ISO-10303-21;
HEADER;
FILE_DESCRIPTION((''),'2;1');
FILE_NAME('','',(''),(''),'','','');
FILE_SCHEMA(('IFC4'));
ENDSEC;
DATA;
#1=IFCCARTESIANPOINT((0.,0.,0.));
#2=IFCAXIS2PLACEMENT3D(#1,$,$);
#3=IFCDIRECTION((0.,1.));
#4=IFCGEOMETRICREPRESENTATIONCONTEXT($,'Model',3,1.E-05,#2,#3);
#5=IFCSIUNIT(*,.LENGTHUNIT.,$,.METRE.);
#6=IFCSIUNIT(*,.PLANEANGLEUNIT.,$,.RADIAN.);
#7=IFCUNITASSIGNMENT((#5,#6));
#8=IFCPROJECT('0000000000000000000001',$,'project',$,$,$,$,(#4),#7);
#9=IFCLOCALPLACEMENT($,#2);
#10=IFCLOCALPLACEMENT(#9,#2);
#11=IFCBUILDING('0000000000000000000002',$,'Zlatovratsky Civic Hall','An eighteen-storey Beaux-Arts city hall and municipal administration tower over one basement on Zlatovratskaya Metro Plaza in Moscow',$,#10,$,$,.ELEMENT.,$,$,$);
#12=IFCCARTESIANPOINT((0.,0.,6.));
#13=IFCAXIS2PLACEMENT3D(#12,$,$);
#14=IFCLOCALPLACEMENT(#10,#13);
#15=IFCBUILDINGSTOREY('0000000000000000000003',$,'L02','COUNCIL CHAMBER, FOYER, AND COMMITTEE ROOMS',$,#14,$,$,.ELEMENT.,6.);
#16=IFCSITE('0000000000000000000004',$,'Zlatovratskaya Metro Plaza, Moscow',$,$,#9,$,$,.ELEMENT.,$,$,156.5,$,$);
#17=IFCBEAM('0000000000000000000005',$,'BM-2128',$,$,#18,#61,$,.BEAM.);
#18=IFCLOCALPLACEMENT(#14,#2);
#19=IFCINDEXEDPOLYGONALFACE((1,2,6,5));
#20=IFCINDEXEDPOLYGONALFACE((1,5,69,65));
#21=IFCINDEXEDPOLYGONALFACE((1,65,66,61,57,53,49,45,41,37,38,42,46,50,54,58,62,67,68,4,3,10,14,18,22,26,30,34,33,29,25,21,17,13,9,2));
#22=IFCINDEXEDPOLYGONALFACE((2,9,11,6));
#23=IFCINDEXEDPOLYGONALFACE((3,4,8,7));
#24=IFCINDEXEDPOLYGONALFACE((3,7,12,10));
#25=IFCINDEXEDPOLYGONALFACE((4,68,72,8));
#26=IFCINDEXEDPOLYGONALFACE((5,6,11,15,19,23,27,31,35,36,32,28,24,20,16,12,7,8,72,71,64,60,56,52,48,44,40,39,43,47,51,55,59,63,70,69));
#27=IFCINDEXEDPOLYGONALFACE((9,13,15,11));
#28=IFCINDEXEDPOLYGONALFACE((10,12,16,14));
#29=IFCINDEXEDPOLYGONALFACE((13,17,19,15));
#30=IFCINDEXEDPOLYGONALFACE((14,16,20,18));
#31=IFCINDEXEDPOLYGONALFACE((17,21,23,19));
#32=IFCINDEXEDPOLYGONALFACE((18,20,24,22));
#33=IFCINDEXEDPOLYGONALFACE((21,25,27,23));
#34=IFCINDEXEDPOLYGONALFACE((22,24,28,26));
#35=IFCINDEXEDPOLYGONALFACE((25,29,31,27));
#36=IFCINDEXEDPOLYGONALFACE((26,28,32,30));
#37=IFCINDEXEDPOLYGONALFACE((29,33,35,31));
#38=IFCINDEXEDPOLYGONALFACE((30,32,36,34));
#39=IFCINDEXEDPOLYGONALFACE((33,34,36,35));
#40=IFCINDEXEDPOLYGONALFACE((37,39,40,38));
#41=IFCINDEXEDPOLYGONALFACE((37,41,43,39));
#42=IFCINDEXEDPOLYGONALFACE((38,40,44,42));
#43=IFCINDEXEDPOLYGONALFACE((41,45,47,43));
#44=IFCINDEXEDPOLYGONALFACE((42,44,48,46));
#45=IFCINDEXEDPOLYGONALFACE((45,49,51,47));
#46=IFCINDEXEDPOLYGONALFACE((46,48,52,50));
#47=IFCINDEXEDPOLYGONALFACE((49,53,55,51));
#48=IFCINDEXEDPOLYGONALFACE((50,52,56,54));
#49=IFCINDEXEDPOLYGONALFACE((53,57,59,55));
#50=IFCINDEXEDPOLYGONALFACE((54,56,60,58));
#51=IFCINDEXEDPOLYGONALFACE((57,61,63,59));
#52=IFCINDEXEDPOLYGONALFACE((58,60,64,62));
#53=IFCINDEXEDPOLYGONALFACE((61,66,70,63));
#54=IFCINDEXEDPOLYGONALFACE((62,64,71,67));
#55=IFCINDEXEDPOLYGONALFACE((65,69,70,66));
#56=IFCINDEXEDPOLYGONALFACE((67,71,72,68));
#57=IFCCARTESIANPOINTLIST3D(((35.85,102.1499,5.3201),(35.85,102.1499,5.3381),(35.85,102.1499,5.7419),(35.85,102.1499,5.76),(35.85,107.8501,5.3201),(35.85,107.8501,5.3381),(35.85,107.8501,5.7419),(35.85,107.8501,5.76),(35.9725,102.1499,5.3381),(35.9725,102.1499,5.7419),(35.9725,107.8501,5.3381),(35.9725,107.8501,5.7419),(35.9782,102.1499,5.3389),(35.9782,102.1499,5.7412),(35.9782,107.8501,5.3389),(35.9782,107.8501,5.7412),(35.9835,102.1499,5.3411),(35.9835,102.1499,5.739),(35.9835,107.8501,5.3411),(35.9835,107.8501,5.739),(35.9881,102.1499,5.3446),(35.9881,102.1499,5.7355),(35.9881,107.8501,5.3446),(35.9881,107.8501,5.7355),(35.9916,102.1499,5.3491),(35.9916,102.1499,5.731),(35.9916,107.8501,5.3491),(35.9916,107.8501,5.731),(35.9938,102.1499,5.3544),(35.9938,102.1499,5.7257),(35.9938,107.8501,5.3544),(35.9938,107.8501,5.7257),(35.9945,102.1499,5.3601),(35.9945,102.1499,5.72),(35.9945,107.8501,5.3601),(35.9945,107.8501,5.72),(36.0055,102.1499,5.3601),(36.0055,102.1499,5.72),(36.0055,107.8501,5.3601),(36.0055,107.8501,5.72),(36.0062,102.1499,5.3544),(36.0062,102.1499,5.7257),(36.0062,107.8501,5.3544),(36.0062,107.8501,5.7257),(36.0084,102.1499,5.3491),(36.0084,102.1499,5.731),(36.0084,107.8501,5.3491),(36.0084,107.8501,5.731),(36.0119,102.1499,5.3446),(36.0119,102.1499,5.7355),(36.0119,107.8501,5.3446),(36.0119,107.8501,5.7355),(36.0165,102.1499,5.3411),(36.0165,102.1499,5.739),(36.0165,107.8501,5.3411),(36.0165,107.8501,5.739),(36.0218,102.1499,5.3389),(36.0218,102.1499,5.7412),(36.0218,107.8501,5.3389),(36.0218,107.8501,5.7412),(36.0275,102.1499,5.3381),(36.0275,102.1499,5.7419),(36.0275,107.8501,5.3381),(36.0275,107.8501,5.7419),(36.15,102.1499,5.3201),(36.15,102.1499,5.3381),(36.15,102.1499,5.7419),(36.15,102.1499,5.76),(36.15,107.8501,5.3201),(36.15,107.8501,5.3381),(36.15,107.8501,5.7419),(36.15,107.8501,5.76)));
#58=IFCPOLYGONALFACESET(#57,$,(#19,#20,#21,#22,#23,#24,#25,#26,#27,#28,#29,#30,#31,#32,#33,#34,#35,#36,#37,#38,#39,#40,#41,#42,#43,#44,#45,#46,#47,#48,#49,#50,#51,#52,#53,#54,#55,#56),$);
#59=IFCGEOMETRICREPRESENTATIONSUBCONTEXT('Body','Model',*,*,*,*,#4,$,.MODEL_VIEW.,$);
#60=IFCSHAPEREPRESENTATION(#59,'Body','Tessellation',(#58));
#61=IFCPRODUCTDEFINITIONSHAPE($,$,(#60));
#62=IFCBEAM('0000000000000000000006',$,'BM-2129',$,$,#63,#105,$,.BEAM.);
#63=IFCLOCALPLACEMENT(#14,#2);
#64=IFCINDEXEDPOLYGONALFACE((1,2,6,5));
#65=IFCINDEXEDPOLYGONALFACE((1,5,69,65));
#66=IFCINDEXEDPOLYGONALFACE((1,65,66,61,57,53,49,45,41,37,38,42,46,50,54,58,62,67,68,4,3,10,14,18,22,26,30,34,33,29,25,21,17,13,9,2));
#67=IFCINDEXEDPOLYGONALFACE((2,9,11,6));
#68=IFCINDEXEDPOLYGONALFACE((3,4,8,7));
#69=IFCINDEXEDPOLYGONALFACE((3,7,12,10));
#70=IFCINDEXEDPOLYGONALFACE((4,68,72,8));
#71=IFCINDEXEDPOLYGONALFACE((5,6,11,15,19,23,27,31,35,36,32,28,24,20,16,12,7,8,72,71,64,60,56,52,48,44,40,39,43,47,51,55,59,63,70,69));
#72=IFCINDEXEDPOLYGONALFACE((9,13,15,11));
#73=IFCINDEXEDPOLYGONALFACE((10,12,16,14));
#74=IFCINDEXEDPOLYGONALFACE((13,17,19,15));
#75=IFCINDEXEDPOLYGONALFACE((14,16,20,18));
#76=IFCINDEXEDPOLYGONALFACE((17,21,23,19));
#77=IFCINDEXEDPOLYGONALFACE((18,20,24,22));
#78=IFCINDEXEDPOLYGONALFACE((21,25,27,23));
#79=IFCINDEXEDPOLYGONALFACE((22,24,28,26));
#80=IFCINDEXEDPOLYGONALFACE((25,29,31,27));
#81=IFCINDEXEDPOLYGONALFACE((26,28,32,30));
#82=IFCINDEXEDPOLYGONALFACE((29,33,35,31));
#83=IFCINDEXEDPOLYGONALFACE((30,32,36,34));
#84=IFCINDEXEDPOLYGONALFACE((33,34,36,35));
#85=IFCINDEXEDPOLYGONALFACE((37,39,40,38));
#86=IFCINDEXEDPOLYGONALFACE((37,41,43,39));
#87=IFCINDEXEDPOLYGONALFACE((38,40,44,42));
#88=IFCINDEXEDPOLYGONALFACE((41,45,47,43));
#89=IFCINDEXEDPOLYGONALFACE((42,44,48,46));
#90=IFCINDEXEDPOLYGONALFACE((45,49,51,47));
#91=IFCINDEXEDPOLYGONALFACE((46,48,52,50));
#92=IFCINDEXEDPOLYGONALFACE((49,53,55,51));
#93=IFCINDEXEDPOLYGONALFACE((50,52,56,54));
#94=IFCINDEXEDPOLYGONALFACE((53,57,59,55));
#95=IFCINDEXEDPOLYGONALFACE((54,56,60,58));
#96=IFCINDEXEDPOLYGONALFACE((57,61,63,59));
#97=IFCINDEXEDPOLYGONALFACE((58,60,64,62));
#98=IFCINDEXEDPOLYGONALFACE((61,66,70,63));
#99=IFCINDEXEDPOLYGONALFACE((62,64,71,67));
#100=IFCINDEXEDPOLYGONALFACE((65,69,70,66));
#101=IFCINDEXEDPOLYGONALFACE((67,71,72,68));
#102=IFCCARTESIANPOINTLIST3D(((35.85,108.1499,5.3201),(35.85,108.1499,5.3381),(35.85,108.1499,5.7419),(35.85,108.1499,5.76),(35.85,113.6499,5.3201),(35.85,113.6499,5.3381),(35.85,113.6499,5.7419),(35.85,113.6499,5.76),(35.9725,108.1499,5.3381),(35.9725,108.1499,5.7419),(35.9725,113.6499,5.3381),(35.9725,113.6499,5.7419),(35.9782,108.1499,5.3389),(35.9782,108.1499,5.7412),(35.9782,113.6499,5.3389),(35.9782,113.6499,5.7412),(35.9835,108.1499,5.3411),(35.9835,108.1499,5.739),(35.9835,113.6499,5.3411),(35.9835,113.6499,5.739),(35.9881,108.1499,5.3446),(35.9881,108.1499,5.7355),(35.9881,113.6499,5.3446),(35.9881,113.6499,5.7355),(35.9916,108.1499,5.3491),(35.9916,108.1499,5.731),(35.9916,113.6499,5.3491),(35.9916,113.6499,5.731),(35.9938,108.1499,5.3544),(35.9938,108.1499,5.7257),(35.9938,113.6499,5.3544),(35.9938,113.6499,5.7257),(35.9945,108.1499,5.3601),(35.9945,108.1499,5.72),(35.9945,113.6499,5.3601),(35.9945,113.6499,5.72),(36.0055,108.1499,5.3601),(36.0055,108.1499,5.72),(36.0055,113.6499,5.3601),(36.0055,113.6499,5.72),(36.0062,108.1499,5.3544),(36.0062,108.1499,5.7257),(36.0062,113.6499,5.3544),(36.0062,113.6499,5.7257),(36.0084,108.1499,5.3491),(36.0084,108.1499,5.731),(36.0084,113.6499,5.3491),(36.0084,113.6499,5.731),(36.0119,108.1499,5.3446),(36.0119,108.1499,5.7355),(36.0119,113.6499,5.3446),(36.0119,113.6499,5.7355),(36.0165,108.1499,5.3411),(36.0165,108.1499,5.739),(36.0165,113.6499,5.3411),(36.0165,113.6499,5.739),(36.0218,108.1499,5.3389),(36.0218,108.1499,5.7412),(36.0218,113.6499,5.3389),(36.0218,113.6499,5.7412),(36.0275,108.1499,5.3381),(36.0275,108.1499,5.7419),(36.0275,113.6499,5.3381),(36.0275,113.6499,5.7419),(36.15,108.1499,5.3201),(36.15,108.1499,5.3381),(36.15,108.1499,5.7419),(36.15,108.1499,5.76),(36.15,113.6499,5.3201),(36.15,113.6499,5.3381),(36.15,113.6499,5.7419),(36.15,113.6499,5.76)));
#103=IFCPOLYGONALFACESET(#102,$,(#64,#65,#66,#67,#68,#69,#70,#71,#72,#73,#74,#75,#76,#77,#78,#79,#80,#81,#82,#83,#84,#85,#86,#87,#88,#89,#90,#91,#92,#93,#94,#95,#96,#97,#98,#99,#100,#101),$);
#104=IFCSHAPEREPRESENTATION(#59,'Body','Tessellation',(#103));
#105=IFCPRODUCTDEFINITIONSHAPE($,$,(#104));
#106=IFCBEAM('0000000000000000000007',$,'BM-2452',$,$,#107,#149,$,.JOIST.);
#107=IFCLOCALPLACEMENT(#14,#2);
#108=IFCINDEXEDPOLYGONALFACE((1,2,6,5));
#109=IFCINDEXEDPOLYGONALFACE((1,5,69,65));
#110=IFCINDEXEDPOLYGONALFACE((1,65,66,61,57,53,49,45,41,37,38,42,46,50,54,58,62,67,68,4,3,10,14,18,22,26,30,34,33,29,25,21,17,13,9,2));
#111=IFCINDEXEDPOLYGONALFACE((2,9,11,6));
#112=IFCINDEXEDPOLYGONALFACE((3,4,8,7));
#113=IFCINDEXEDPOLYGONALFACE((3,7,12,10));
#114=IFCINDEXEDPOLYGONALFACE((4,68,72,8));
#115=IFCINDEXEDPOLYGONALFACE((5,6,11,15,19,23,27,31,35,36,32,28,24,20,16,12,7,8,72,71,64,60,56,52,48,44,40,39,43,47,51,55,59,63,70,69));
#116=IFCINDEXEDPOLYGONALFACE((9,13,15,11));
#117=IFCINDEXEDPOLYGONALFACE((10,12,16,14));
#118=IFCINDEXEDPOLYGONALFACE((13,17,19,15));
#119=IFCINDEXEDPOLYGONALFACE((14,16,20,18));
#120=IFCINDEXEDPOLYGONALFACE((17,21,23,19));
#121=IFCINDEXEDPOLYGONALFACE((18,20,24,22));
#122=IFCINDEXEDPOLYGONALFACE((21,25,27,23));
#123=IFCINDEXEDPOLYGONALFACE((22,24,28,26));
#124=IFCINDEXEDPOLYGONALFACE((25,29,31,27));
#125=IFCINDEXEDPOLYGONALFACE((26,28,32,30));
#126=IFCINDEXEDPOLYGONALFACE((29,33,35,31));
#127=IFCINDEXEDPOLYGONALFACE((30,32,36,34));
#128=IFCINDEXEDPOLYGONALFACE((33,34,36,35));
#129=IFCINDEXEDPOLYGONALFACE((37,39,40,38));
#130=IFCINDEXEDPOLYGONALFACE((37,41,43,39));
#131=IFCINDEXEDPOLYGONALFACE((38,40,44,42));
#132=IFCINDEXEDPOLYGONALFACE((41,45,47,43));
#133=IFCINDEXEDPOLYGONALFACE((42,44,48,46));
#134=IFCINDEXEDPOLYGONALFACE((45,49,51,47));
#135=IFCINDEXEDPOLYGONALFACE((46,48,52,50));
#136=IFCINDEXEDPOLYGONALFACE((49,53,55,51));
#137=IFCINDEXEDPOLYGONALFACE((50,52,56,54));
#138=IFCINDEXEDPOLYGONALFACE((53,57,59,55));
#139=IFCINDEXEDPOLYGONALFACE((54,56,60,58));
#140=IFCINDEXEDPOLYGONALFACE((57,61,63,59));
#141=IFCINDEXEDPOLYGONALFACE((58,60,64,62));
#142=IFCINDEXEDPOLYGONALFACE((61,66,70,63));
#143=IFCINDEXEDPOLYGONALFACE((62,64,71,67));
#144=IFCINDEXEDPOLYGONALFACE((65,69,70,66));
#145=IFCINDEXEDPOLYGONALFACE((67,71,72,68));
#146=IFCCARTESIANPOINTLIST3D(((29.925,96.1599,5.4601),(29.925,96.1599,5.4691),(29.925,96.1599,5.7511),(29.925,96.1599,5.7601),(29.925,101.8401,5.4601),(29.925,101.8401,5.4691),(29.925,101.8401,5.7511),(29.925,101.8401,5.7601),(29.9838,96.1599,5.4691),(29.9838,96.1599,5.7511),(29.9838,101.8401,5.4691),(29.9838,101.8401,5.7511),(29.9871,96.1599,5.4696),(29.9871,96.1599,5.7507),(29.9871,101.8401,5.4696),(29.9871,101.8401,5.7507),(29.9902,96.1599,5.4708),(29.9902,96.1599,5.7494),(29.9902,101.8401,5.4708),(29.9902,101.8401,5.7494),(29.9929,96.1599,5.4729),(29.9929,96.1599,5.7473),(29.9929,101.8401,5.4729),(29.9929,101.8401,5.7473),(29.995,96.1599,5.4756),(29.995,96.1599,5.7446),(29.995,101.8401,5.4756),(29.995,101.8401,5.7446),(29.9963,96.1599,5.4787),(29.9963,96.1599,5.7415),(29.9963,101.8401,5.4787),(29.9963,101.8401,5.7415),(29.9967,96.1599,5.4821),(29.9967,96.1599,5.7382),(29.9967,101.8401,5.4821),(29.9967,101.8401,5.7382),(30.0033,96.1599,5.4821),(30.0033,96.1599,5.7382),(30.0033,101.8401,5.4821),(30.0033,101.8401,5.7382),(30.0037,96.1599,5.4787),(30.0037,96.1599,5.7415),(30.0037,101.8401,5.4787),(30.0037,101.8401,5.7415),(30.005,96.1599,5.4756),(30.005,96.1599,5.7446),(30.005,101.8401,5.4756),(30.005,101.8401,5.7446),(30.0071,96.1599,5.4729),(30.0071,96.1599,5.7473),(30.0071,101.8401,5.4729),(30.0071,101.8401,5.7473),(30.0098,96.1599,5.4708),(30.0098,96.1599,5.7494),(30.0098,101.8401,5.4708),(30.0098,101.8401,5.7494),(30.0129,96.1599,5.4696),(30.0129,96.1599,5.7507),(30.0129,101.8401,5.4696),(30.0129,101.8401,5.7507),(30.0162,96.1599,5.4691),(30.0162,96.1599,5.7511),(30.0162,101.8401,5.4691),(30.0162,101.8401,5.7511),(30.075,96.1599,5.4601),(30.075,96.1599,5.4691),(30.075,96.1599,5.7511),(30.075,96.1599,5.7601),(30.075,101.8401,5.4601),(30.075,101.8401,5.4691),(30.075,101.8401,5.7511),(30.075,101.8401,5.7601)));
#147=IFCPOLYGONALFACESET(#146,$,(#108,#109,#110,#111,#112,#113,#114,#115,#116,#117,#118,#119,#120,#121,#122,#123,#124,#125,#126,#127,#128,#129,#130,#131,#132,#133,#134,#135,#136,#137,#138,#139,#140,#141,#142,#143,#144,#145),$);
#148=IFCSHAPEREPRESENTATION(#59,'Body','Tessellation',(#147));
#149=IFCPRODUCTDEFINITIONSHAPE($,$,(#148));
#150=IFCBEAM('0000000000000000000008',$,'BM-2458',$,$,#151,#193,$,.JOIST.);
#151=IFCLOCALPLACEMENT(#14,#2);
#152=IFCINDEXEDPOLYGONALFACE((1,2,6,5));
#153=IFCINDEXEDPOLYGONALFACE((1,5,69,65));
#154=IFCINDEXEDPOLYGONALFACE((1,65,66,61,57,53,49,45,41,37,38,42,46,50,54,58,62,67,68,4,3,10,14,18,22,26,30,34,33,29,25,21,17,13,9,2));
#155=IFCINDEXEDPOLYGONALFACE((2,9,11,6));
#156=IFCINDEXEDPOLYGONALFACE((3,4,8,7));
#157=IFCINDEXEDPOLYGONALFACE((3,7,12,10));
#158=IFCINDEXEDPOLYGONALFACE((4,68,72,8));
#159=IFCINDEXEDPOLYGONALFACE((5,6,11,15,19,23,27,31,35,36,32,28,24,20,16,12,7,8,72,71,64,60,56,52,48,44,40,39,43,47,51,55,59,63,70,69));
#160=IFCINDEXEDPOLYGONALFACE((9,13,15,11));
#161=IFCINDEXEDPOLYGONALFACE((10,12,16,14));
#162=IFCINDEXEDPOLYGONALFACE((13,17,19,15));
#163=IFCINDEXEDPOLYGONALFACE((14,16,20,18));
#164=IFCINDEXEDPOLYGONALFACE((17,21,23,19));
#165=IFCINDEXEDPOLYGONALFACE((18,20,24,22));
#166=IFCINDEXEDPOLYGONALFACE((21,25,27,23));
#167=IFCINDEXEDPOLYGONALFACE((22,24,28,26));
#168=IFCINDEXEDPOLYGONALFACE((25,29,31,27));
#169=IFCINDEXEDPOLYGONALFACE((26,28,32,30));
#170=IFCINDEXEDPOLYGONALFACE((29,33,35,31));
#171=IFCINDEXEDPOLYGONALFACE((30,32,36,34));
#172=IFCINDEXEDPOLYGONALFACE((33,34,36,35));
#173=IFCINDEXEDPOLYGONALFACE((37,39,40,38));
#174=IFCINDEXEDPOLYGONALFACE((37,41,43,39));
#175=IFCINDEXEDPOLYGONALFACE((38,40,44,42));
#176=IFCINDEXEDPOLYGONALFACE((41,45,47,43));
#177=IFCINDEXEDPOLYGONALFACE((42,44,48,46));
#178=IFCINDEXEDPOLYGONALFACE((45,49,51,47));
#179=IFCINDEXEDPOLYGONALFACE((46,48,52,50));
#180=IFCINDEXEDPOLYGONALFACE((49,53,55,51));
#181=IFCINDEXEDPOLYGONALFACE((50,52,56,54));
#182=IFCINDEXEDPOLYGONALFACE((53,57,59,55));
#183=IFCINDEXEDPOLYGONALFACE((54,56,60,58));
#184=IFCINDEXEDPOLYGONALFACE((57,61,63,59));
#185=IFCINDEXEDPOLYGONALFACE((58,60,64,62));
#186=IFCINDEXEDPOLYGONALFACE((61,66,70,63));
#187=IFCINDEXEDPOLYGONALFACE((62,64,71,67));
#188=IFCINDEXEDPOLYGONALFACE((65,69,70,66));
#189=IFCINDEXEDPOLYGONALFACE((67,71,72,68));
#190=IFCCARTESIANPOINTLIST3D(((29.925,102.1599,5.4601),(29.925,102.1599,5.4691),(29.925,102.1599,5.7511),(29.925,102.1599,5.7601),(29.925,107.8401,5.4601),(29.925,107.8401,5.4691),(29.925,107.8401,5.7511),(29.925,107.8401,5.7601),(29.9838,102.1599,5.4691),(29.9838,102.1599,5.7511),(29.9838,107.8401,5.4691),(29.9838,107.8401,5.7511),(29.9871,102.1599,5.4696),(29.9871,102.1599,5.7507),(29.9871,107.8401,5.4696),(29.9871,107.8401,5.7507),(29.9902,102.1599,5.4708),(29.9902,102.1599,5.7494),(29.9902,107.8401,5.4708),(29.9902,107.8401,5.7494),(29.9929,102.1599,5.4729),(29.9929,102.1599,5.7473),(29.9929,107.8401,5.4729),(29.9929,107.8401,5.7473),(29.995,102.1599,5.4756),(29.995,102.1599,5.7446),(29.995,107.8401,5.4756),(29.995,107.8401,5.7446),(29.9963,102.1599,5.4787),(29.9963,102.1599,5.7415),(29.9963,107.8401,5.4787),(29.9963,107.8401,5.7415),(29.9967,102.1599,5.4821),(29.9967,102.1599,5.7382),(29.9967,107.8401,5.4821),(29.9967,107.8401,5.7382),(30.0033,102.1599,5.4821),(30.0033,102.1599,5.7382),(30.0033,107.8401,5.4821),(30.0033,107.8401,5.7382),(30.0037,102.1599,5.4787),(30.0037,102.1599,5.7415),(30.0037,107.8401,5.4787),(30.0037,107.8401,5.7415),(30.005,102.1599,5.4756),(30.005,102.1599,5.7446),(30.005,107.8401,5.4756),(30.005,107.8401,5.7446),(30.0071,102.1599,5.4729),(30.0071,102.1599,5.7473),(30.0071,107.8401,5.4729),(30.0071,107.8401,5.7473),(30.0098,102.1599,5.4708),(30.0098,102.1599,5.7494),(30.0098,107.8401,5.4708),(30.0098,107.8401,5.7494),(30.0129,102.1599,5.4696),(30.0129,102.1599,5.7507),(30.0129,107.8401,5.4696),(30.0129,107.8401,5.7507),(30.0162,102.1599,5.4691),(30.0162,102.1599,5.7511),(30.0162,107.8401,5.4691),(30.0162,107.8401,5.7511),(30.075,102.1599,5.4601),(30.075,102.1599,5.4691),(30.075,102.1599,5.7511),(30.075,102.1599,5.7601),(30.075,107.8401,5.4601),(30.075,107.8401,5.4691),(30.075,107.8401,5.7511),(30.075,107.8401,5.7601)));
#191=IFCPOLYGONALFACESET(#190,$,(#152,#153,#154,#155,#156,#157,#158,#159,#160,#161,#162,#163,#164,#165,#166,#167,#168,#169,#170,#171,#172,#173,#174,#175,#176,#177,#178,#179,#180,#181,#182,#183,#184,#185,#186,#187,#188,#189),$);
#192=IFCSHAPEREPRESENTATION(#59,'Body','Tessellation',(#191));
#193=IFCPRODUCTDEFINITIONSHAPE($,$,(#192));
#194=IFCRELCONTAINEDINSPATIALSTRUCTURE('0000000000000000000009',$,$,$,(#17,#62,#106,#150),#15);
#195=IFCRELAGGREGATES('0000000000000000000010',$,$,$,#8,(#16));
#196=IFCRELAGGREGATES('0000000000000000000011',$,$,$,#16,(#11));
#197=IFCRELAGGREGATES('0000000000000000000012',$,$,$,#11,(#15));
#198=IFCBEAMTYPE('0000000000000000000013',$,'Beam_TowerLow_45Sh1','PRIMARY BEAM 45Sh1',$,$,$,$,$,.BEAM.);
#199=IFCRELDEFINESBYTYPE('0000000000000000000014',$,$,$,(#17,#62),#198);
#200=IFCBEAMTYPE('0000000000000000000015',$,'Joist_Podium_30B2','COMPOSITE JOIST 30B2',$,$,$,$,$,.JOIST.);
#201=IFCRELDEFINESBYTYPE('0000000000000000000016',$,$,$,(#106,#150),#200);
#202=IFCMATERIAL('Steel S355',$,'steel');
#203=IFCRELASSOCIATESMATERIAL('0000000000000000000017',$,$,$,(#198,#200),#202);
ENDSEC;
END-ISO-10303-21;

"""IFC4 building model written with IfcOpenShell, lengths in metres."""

from ifc_helpers import new_model, si_unit, direction, frame, origin, origin_2d, place, context, subcontext, project, spatial, i_section, extrude, material, material_profile, profile_set, type_object, element, save


model = new_model("IFC4")

# Units and contexts
model_context = context("Model", 3, precision=1e-05, world=origin(), true_north=direction((0.0, 1.0)))
body_context = subcontext(model_context, "Body", "Model", "MODEL_VIEW")
ifc_project = project(units=[si_unit("LENGTHUNIT", "METRE"), si_unit("PLANEANGLEUNIT", "RADIAN")], contexts=[model_context])

# Site, building, storey
site_placement = place(None, origin())
site = spatial("IfcSite", under=ifc_project, at=site_placement, Name="Zlatovratskaya Metro Plaza, Moscow", CompositionType="ELEMENT", RefElevation=156.5)
building_placement = place(site_placement, origin())
building = spatial("IfcBuilding", under=site, at=building_placement, Name="Zlatovratsky Civic Hall", Description="An eighteen-storey Beaux-Arts city hall and municipal administration tower over one basement on Zlatovratskaya Metro Plaza in Moscow", CompositionType="ELEMENT")
storey_placement = place(building_placement, frame((0.0, 0.0, 6.0)))
storey = spatial("IfcBuildingStorey", under=building, at=storey_placement, Name="L02", Description="COUNCIL CHAMBER, FOYER, AND COMMITTEE ROOMS", CompositionType="ELEMENT", Elevation=6.0)

# Shared definitions
ifc_material_1 = material(Name="Steel S355", Category="steel")

# Beams
ifc_material_profile_1 = material_profile(ifc_material_1, i_section(OverallWidth=0.3, OverallDepth=0.4399, WebThickness=0.011, FlangeThickness=0.0181, FilletRadius=0.022, at=origin_2d()), Name="45Sh1")
ifc_profile_set_1 = profile_set([ifc_material_profile_1], Name="Steel S355")
beam_type_1 = type_object("IfcBeamType", Name="Beam_TowerLow_45Sh1", Description="PRIMARY BEAM 45Sh1", PredefinedType="BEAM", material=ifc_profile_set_1)
beam_1_placement = place(storey_placement, frame((36.0, 102.1499, 5.54), z_axis=(0.0, 1.0, 0.0), x_axis=(-1.0, 0.0, 0.0)))
element("IfcBeam", 1, at=beam_1_placement, inside=storey, type_object=beam_type_1, Name="BM-2128", PredefinedType="BEAM", context=body_context, shape_type="SweptSolid", body=[
    extrude(i_section(OverallWidth=0.3, OverallDepth=0.4399, WebThickness=0.011, FlangeThickness=0.0181, FilletRadius=0.022, at=origin_2d()), origin(), (0.0, 0.0, 1.0), 5.7002),
])
beam_2_placement = place(storey_placement, frame((36.0, 108.1499, 5.54), z_axis=(0.0, 1.0, 0.0), x_axis=(-1.0, 0.0, 0.0)))
element("IfcBeam", 2, at=beam_2_placement, inside=storey, type_object=beam_type_1, Name="BM-2129", PredefinedType="BEAM", context=body_context, shape_type="SweptSolid", body=[
    extrude(i_section(OverallWidth=0.3, OverallDepth=0.4399, WebThickness=0.011, FlangeThickness=0.0181, FilletRadius=0.022, at=origin_2d()), origin(), (0.0, 0.0, 1.0), 5.5),
])
ifc_material_profile_2 = material_profile(ifc_material_1, i_section(OverallWidth=0.1499, OverallDepth=0.3, WebThickness=0.0066, FlangeThickness=0.009, FilletRadius=0.0129, at=origin_2d()), Name="30B2")
ifc_profile_set_2 = profile_set([ifc_material_profile_2], Name="Steel S355")
beam_type_2 = type_object("IfcBeamType", Name="Joist_Podium_30B2", Description="COMPOSITE JOIST 30B2", PredefinedType="JOIST", material=ifc_profile_set_2)
for number, where, z_axis, x_axis, name in (
    (3, (30.0, 96.1599, 5.6101), (0.0, 1.0, 0.0), (-1.0, 0.0, 0.0), "BM-2452"),
    (4, (30.0, 102.1599, 5.6101), (0.0, 1.0, 0.0), (-1.0, 0.0, 0.0), "BM-2458"),
):
    element("IfcBeam", number, at=place(storey_placement, frame(where, z_axis=z_axis, x_axis=x_axis)), inside=storey, type_object=beam_type_2, Name=name, PredefinedType="JOIST", context=body_context, shape_type="SweptSolid", body=[
        extrude(i_section(OverallWidth=0.1499, OverallDepth=0.3, WebThickness=0.0066, FlangeThickness=0.009, FilletRadius=0.0129, at=origin_2d()), origin(), (0.0, 0.0, 1.0), 5.6802),
    ])

save(model, "model.ifc")
